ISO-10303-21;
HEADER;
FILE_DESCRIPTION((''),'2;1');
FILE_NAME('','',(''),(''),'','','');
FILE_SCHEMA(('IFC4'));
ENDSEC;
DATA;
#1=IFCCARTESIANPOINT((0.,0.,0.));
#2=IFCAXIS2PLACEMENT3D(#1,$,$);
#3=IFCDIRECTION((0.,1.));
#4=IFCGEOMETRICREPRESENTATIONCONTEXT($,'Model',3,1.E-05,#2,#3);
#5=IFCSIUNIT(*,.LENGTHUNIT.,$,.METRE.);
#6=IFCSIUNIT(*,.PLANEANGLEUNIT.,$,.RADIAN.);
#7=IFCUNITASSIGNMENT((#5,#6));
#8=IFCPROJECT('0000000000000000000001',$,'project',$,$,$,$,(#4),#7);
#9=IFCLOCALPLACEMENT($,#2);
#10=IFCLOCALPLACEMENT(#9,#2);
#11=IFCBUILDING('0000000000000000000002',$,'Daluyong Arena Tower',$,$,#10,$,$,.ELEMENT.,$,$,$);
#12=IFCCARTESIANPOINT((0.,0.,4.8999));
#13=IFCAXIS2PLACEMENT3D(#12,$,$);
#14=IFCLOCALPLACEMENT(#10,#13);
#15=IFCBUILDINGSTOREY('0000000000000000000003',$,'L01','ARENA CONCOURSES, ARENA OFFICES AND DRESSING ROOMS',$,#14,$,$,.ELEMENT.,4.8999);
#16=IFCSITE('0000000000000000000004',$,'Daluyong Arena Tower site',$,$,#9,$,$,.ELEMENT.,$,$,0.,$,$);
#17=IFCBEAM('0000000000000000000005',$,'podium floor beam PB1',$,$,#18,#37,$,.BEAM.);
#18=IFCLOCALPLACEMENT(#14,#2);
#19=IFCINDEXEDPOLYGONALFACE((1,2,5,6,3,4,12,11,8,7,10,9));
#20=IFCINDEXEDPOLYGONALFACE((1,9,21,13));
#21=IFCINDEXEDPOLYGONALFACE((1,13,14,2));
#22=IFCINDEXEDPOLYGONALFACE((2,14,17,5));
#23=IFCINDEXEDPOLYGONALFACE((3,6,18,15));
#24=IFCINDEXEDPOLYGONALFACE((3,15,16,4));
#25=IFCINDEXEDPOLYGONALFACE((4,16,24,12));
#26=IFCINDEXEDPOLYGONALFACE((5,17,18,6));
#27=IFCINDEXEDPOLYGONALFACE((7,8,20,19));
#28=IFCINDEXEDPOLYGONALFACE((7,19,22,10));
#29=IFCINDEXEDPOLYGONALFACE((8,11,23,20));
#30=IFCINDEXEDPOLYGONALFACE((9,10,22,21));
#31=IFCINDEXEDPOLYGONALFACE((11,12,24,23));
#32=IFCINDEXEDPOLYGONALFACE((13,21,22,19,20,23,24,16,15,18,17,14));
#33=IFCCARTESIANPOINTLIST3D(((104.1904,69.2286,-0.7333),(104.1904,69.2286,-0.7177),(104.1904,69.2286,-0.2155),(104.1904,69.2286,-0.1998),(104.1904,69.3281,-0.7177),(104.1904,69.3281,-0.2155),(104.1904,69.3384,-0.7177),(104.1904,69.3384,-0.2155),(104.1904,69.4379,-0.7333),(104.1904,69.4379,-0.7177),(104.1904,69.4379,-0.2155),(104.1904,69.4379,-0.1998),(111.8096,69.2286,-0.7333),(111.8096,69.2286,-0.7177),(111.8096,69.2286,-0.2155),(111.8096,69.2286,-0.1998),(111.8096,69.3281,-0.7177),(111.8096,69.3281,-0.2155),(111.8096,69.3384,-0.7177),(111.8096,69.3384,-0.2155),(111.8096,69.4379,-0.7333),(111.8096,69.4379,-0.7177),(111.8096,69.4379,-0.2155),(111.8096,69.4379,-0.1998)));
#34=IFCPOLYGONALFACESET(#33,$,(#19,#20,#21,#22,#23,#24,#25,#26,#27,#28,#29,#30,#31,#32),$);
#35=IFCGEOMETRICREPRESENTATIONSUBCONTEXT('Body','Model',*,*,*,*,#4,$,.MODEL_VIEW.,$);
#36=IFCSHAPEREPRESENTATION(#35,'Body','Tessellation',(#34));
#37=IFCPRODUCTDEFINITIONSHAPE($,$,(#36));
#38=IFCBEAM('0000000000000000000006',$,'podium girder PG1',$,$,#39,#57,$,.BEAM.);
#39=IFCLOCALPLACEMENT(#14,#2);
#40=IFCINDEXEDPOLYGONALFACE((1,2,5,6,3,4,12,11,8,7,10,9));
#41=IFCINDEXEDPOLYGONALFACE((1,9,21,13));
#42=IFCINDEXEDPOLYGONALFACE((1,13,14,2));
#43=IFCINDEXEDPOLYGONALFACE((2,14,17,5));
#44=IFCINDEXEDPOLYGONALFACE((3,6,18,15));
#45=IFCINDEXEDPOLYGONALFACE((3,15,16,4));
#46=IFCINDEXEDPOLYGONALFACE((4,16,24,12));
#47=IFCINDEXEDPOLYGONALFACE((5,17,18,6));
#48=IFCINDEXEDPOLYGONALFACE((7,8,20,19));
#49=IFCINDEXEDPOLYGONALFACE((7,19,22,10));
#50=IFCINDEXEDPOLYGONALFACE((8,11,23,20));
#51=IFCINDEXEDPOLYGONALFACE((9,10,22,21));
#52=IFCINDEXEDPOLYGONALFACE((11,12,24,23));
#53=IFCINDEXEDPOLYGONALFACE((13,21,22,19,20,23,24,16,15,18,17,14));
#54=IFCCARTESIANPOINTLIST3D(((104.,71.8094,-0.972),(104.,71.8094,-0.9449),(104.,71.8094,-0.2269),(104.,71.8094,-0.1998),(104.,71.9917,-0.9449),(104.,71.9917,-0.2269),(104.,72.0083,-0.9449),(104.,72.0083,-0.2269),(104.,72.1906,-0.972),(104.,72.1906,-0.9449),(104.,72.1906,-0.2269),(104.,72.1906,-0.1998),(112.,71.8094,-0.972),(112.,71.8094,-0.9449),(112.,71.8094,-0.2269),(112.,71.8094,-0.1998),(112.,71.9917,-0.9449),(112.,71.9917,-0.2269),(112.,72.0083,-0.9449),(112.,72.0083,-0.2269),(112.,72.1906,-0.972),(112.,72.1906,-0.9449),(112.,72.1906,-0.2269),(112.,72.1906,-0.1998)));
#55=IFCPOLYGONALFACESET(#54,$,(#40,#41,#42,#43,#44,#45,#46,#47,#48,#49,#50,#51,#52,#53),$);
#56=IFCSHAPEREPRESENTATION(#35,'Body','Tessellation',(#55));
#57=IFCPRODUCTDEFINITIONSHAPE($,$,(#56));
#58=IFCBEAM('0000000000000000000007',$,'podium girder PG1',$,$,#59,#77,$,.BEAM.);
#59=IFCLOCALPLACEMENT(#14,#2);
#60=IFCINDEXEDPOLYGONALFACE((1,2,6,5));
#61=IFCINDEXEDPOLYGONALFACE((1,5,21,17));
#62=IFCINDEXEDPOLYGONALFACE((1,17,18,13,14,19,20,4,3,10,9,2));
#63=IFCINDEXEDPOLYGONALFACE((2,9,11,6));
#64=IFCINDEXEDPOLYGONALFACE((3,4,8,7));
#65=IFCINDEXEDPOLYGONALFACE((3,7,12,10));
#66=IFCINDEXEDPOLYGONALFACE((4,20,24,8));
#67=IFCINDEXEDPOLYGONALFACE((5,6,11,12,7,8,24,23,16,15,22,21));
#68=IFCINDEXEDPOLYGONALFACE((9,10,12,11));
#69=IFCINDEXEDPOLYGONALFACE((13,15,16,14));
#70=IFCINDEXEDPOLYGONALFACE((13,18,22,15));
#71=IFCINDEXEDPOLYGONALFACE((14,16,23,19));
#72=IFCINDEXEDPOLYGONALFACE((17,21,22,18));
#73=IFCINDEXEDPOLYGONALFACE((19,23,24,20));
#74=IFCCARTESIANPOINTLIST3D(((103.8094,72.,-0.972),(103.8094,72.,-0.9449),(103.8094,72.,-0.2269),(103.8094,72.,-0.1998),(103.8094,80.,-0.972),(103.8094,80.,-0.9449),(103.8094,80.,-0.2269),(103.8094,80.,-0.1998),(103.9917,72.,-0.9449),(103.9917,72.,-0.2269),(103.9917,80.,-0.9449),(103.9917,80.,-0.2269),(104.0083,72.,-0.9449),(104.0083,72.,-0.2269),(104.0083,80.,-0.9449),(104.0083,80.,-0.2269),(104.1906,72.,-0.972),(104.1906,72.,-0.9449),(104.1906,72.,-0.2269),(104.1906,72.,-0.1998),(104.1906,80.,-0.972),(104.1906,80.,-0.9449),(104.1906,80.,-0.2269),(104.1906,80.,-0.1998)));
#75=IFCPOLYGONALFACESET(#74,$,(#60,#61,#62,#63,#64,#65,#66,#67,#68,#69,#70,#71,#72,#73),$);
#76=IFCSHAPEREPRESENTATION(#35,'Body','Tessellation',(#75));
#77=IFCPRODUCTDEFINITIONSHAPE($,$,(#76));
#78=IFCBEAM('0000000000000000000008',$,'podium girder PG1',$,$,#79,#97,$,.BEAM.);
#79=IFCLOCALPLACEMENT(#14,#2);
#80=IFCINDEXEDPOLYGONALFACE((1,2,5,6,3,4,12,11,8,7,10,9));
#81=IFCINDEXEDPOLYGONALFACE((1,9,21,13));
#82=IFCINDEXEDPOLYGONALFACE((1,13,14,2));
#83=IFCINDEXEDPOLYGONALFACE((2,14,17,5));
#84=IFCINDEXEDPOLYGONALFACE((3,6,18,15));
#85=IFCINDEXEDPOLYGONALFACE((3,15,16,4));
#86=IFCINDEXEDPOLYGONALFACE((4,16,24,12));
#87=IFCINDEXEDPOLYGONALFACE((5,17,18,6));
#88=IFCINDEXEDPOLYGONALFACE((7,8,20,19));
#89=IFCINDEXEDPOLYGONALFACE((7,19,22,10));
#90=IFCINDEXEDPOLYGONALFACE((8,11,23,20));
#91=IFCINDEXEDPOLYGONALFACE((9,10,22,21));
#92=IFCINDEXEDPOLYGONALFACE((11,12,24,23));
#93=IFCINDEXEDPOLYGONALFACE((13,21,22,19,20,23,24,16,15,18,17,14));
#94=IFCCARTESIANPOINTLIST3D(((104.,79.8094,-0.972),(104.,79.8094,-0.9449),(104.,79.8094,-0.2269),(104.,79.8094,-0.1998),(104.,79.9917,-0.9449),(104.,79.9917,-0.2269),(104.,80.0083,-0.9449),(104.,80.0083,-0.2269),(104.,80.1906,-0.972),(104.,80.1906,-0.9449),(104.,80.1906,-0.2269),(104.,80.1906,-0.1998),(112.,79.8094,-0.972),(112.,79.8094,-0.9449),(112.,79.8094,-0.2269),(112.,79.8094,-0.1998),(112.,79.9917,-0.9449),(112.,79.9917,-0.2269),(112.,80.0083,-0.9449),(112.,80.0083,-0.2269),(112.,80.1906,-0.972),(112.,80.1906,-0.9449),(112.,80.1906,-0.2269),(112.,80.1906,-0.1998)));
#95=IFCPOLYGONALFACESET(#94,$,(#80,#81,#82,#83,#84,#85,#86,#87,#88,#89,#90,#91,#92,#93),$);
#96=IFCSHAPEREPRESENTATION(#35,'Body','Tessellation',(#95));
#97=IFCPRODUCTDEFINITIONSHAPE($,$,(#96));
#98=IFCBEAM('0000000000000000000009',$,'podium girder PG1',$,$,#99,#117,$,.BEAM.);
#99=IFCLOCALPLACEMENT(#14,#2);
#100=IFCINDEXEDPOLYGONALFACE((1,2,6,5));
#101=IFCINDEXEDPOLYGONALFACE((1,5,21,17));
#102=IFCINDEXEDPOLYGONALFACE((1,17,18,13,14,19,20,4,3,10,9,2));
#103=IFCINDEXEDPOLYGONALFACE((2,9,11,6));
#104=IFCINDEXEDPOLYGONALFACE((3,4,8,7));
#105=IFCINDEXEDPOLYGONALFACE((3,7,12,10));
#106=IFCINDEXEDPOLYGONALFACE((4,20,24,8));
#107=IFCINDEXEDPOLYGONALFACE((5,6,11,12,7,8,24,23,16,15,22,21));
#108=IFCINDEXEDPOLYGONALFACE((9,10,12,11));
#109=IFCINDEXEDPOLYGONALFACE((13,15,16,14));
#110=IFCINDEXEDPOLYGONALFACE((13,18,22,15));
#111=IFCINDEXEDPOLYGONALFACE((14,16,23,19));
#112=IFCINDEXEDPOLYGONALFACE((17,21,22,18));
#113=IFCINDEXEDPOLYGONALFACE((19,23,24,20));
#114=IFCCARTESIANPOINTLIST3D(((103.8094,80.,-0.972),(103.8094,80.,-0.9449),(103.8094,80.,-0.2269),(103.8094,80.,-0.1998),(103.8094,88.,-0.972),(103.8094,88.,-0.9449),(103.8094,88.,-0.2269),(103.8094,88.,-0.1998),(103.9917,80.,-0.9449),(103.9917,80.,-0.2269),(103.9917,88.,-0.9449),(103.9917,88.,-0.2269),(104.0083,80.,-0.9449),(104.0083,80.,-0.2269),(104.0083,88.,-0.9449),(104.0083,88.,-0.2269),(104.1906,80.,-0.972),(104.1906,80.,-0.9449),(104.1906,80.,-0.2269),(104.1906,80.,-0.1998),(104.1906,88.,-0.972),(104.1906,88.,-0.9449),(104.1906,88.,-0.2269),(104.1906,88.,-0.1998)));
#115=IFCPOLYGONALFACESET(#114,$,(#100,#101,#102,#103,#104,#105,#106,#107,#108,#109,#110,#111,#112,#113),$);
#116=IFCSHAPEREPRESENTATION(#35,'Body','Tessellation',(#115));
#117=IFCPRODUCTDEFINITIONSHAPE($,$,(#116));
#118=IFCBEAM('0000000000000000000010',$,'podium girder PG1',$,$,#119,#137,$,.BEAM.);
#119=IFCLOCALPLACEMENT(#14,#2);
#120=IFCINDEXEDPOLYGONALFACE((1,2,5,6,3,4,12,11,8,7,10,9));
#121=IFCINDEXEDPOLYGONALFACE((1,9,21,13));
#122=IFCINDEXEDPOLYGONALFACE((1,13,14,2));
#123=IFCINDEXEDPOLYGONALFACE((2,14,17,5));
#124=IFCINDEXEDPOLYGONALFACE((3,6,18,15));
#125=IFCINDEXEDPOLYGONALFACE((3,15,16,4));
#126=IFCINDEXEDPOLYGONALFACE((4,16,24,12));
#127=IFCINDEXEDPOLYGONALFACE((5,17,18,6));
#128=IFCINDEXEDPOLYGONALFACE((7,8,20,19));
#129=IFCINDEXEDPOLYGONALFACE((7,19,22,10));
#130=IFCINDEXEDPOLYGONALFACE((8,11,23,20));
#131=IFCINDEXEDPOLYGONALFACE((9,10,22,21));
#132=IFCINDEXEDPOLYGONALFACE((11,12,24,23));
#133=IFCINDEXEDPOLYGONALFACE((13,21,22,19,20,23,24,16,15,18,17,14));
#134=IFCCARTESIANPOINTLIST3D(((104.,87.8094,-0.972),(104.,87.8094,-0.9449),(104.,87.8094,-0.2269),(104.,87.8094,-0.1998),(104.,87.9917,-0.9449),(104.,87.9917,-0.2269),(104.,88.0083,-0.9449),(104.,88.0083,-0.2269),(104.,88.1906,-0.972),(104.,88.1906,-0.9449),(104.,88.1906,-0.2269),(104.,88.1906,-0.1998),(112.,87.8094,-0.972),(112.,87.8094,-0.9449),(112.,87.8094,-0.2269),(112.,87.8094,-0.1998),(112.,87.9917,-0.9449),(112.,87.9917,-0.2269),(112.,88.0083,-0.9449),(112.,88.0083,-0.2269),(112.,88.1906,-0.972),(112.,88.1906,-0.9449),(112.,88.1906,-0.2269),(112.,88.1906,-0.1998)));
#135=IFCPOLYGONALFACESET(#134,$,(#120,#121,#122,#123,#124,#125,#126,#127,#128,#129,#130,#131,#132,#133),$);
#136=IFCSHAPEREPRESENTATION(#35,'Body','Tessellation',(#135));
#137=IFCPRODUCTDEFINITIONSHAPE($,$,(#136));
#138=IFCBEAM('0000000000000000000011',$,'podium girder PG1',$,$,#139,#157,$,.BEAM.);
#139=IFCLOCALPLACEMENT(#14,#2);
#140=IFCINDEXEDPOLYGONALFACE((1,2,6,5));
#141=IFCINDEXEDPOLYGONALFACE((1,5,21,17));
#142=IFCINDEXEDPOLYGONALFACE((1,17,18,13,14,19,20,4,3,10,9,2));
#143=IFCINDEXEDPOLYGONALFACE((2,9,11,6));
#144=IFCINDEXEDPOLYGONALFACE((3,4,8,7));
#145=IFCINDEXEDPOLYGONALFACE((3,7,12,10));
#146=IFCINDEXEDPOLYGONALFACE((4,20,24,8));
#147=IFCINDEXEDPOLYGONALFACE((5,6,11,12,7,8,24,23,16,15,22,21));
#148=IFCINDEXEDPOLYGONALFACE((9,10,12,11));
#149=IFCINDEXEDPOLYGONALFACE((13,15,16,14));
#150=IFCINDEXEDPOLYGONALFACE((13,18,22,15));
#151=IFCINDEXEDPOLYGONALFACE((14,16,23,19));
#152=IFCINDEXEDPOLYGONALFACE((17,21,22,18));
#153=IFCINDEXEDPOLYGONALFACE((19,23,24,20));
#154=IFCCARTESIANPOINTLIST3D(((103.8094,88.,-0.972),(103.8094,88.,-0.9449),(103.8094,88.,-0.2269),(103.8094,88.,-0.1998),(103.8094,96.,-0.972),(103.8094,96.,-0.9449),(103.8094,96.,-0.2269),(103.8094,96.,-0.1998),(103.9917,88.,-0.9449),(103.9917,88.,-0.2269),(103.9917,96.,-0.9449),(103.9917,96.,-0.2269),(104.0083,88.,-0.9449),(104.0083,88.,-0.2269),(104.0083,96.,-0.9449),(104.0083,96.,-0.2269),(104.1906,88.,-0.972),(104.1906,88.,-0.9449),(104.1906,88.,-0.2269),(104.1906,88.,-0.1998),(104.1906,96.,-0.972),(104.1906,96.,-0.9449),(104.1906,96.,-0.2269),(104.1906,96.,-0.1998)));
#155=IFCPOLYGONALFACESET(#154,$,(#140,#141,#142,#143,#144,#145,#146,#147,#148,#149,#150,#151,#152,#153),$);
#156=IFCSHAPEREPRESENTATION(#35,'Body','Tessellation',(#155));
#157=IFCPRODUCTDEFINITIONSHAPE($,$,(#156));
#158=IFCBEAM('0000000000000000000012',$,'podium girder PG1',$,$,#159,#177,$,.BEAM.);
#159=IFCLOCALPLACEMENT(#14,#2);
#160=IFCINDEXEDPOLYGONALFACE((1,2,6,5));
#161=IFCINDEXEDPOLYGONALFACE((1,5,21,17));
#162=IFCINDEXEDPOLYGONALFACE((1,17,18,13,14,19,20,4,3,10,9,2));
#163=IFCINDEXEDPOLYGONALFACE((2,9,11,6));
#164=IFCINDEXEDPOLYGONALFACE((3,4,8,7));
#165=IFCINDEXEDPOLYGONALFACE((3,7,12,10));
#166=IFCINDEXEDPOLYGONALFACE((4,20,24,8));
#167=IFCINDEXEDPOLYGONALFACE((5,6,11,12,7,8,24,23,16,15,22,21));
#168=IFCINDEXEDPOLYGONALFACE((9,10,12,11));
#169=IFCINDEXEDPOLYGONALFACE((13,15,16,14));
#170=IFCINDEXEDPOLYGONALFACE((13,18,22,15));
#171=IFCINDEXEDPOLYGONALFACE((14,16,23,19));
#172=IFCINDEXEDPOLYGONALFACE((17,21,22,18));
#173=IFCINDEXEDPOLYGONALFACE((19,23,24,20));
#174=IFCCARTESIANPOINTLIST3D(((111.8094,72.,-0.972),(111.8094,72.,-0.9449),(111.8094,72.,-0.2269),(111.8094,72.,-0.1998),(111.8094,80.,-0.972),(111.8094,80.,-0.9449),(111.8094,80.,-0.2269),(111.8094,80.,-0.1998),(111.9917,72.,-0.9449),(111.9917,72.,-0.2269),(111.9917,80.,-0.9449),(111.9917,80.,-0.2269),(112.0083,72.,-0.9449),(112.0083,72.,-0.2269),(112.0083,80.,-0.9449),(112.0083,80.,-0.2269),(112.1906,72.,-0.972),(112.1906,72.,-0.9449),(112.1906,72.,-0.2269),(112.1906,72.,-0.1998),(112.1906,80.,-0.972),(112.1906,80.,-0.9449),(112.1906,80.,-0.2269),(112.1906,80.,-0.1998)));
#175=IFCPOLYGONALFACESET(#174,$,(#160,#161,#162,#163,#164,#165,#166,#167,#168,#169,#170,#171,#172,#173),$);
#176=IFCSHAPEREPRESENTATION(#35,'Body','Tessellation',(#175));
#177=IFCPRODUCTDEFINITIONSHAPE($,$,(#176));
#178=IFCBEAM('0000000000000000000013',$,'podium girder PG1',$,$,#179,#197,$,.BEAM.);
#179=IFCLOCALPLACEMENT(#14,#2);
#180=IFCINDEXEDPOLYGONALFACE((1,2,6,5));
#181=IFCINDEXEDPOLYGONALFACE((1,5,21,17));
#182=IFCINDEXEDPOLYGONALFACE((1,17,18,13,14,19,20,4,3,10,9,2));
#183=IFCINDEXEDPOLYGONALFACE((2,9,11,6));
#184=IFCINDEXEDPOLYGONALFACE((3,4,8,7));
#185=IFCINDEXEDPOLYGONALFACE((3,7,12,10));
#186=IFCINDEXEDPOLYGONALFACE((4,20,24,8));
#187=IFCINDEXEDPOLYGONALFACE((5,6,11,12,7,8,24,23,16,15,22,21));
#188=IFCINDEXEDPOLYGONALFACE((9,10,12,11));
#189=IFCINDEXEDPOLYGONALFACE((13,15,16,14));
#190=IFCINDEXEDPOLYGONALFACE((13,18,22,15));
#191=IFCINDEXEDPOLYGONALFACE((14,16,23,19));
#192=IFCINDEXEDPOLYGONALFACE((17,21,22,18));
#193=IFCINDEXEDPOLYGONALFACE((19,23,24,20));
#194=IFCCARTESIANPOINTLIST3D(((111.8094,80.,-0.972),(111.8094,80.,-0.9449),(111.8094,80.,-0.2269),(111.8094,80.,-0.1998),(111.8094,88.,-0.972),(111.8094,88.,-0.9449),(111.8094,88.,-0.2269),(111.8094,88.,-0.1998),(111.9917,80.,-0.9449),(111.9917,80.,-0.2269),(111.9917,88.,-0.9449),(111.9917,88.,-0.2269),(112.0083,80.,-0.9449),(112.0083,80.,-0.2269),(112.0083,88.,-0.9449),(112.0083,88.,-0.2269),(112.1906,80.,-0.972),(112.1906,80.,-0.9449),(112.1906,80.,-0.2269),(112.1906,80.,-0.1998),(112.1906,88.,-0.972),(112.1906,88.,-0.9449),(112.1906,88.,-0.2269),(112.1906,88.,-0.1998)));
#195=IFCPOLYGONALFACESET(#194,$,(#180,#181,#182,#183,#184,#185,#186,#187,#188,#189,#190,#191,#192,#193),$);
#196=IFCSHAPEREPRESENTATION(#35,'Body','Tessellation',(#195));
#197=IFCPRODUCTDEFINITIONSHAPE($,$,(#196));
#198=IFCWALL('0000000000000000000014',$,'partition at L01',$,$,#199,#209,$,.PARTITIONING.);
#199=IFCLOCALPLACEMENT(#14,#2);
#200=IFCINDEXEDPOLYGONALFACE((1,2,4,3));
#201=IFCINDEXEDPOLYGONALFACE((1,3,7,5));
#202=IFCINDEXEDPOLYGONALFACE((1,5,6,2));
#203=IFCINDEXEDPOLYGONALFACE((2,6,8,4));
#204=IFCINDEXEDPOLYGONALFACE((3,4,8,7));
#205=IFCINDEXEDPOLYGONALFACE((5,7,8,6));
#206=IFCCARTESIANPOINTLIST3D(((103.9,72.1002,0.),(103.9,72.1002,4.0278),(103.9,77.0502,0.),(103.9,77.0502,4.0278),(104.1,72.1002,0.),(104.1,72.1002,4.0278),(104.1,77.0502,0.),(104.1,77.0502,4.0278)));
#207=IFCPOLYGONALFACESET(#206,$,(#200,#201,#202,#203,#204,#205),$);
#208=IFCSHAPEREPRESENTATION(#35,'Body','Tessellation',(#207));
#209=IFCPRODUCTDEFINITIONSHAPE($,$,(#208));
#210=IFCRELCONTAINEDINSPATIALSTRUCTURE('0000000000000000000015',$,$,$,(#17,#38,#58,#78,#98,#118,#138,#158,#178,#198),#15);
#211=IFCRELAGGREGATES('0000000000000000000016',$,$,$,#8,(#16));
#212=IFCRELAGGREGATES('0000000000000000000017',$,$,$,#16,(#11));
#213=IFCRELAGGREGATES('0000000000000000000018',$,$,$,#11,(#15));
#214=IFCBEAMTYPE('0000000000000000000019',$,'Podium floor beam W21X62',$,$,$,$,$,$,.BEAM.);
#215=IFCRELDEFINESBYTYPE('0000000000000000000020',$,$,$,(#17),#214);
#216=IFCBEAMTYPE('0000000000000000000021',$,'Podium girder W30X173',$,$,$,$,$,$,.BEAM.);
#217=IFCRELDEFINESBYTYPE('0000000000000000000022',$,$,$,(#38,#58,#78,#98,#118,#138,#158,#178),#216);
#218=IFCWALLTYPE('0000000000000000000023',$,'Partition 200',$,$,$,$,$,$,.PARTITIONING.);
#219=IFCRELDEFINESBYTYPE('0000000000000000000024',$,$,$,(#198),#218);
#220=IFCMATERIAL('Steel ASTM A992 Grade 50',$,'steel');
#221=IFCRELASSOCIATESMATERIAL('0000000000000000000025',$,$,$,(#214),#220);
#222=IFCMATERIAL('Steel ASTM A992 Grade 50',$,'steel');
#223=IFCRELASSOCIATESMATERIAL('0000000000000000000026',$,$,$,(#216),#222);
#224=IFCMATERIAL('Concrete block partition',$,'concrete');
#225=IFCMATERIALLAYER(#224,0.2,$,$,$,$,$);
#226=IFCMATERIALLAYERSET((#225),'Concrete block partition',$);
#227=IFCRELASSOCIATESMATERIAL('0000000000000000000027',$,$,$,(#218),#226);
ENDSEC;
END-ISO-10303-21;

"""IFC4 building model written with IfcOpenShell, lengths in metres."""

from ifc_helpers import new_model, si_unit, direction, frame, frame_2d, origin, origin_2d, place, context, subcontext, project, spatial, rectangle, i_section, extrude, material, layer, layer_set, material_profile, profile_set, type_object, element, save


model = new_model("IFC4")

# Units and contexts
model_context = context("Model", 3, precision=1e-05, world=origin(), true_north=direction((0.0, 1.0)))
body_context = subcontext(model_context, "Body", "Model", "MODEL_VIEW")
ifc_project = project(units=[si_unit("LENGTHUNIT", "METRE"), si_unit("PLANEANGLEUNIT", "RADIAN")], contexts=[model_context])

# Site, building, storey
site_placement = place(None, origin())
site = spatial("IfcSite", under=ifc_project, at=site_placement, Name="Daluyong Arena Tower site", CompositionType="ELEMENT", RefElevation=0.0)
building_placement = place(site_placement, origin())
building = spatial("IfcBuilding", under=site, at=building_placement, Name="Daluyong Arena Tower", CompositionType="ELEMENT")
storey_placement = place(building_placement, frame((0.0, 0.0, 4.8999)))
storey = spatial("IfcBuildingStorey", under=building, at=storey_placement, Name="L01", Description="ARENA CONCOURSES, ARENA OFFICES AND DRESSING ROOMS", CompositionType="ELEMENT", Elevation=4.8999)

# Beams
ifc_material_1 = material(Name="Steel ASTM A992 Grade 50", Category="steel")
ifc_material_profile_1 = material_profile(ifc_material_1, i_section(OverallWidth=0.2092, OverallDepth=0.5334, WebThickness=0.0103, FlangeThickness=0.0156, at=origin_2d()))
ifc_profile_set_1 = profile_set([ifc_material_profile_1], Name="Steel ASTM A992 Grade 50")
beam_type_1 = type_object("IfcBeamType", Name="Podium floor beam W21X62", PredefinedType="BEAM", material=ifc_profile_set_1)
for number, where, z_axis, x_axis, name in (
    (1, (104.1904, 69.3333, -0.4666), (1.0, 0.0, 0.0), (0.0, 1.0, 0.0), "podium floor beam PB1"),
):
    element("IfcBeam", number, at=place(storey_placement, frame(where, z_axis=z_axis, x_axis=x_axis)), inside=storey, type_object=beam_type_1, Name=name, PredefinedType="BEAM", context=body_context, shape_type="SweptSolid", body=[
        extrude(i_section(OverallWidth=0.2092, OverallDepth=0.5334, WebThickness=0.0103, FlangeThickness=0.0156, at=origin_2d()), origin(), (0.0, 0.0, 1.0), 7.6191),
    ])
ifc_material_2 = material(Name="Steel ASTM A992 Grade 50", Category="steel")
ifc_material_profile_2 = material_profile(ifc_material_2, i_section(OverallWidth=0.3811, OverallDepth=0.7722, WebThickness=0.0166, FlangeThickness=0.0271, at=origin_2d()))
ifc_profile_set_2 = profile_set([ifc_material_profile_2], Name="Steel ASTM A992 Grade 50")
beam_type_2 = type_object("IfcBeamType", Name="Podium girder W30X173", PredefinedType="BEAM", material=ifc_profile_set_2)
for number, where, z_axis, x_axis, name in (
    (2, (104.0, 72.0, -0.5859), (1.0, 0.0, 0.0), (0.0, 1.0, 0.0), "podium girder PG1"),
    (3, (104.0, 72.0, -0.5859), (0.0, 1.0, 0.0), (-1.0, 0.0, 0.0), "podium girder PG1"),
    (4, (104.0, 80.0, -0.5859), (1.0, 0.0, 0.0), (0.0, 1.0, 0.0), "podium girder PG1"),
    (5, (104.0, 80.0, -0.5859), (0.0, 1.0, 0.0), (-1.0, 0.0, 0.0), "podium girder PG1"),
    (6, (104.0, 88.0, -0.5859), (1.0, 0.0, 0.0), (0.0, 1.0, 0.0), "podium girder PG1"),
    (7, (104.0, 88.0, -0.5859), (0.0, 1.0, 0.0), (-1.0, 0.0, 0.0), "podium girder PG1"),
    (8, (112.0, 72.0, -0.5859), (0.0, 1.0, 0.0), (-1.0, 0.0, 0.0), "podium girder PG1"),
    (9, (112.0, 80.0, -0.5859), (0.0, 1.0, 0.0), (-1.0, 0.0, 0.0), "podium girder PG1"),
):
    element("IfcBeam", number, at=place(storey_placement, frame(where, z_axis=z_axis, x_axis=x_axis)), inside=storey, type_object=beam_type_2, Name=name, PredefinedType="BEAM", context=body_context, shape_type="SweptSolid", body=[
        extrude(i_section(OverallWidth=0.3811, OverallDepth=0.7722, WebThickness=0.0166, FlangeThickness=0.0271, at=origin_2d()), origin(), (0.0, 0.0, 1.0), 8.0),
    ])

# Wall
ifc_material_3 = material(Name="Concrete block partition", Category="concrete")
ifc_layer_1 = layer(ifc_material_3, 0.2)
ifc_layer_set_1 = layer_set([ifc_layer_1], Name="Concrete block partition")
wall_type_1 = type_object("IfcWallType", Name="Partition 200", PredefinedType="PARTITIONING", material=ifc_layer_set_1)
wall_1_placement = place(storey_placement, frame((104.0, 72.1001, 0.0), z_axis=(0.0, 0.0, 1.0), x_axis=(0.0, 1.0, 0.0)))
element("IfcWall", 10, at=wall_1_placement, inside=storey, type_object=wall_type_1, Name="partition at L01", PredefinedType="PARTITIONING", context=body_context, shape_type="SweptSolid", body=[
    extrude(rectangle(XDim=4.95, YDim=0.2, at=frame_2d((2.4751, 0.0))), origin(), (0.0, 0.0, 1.0), 4.0278),
])

save(model, "model.ifc")
